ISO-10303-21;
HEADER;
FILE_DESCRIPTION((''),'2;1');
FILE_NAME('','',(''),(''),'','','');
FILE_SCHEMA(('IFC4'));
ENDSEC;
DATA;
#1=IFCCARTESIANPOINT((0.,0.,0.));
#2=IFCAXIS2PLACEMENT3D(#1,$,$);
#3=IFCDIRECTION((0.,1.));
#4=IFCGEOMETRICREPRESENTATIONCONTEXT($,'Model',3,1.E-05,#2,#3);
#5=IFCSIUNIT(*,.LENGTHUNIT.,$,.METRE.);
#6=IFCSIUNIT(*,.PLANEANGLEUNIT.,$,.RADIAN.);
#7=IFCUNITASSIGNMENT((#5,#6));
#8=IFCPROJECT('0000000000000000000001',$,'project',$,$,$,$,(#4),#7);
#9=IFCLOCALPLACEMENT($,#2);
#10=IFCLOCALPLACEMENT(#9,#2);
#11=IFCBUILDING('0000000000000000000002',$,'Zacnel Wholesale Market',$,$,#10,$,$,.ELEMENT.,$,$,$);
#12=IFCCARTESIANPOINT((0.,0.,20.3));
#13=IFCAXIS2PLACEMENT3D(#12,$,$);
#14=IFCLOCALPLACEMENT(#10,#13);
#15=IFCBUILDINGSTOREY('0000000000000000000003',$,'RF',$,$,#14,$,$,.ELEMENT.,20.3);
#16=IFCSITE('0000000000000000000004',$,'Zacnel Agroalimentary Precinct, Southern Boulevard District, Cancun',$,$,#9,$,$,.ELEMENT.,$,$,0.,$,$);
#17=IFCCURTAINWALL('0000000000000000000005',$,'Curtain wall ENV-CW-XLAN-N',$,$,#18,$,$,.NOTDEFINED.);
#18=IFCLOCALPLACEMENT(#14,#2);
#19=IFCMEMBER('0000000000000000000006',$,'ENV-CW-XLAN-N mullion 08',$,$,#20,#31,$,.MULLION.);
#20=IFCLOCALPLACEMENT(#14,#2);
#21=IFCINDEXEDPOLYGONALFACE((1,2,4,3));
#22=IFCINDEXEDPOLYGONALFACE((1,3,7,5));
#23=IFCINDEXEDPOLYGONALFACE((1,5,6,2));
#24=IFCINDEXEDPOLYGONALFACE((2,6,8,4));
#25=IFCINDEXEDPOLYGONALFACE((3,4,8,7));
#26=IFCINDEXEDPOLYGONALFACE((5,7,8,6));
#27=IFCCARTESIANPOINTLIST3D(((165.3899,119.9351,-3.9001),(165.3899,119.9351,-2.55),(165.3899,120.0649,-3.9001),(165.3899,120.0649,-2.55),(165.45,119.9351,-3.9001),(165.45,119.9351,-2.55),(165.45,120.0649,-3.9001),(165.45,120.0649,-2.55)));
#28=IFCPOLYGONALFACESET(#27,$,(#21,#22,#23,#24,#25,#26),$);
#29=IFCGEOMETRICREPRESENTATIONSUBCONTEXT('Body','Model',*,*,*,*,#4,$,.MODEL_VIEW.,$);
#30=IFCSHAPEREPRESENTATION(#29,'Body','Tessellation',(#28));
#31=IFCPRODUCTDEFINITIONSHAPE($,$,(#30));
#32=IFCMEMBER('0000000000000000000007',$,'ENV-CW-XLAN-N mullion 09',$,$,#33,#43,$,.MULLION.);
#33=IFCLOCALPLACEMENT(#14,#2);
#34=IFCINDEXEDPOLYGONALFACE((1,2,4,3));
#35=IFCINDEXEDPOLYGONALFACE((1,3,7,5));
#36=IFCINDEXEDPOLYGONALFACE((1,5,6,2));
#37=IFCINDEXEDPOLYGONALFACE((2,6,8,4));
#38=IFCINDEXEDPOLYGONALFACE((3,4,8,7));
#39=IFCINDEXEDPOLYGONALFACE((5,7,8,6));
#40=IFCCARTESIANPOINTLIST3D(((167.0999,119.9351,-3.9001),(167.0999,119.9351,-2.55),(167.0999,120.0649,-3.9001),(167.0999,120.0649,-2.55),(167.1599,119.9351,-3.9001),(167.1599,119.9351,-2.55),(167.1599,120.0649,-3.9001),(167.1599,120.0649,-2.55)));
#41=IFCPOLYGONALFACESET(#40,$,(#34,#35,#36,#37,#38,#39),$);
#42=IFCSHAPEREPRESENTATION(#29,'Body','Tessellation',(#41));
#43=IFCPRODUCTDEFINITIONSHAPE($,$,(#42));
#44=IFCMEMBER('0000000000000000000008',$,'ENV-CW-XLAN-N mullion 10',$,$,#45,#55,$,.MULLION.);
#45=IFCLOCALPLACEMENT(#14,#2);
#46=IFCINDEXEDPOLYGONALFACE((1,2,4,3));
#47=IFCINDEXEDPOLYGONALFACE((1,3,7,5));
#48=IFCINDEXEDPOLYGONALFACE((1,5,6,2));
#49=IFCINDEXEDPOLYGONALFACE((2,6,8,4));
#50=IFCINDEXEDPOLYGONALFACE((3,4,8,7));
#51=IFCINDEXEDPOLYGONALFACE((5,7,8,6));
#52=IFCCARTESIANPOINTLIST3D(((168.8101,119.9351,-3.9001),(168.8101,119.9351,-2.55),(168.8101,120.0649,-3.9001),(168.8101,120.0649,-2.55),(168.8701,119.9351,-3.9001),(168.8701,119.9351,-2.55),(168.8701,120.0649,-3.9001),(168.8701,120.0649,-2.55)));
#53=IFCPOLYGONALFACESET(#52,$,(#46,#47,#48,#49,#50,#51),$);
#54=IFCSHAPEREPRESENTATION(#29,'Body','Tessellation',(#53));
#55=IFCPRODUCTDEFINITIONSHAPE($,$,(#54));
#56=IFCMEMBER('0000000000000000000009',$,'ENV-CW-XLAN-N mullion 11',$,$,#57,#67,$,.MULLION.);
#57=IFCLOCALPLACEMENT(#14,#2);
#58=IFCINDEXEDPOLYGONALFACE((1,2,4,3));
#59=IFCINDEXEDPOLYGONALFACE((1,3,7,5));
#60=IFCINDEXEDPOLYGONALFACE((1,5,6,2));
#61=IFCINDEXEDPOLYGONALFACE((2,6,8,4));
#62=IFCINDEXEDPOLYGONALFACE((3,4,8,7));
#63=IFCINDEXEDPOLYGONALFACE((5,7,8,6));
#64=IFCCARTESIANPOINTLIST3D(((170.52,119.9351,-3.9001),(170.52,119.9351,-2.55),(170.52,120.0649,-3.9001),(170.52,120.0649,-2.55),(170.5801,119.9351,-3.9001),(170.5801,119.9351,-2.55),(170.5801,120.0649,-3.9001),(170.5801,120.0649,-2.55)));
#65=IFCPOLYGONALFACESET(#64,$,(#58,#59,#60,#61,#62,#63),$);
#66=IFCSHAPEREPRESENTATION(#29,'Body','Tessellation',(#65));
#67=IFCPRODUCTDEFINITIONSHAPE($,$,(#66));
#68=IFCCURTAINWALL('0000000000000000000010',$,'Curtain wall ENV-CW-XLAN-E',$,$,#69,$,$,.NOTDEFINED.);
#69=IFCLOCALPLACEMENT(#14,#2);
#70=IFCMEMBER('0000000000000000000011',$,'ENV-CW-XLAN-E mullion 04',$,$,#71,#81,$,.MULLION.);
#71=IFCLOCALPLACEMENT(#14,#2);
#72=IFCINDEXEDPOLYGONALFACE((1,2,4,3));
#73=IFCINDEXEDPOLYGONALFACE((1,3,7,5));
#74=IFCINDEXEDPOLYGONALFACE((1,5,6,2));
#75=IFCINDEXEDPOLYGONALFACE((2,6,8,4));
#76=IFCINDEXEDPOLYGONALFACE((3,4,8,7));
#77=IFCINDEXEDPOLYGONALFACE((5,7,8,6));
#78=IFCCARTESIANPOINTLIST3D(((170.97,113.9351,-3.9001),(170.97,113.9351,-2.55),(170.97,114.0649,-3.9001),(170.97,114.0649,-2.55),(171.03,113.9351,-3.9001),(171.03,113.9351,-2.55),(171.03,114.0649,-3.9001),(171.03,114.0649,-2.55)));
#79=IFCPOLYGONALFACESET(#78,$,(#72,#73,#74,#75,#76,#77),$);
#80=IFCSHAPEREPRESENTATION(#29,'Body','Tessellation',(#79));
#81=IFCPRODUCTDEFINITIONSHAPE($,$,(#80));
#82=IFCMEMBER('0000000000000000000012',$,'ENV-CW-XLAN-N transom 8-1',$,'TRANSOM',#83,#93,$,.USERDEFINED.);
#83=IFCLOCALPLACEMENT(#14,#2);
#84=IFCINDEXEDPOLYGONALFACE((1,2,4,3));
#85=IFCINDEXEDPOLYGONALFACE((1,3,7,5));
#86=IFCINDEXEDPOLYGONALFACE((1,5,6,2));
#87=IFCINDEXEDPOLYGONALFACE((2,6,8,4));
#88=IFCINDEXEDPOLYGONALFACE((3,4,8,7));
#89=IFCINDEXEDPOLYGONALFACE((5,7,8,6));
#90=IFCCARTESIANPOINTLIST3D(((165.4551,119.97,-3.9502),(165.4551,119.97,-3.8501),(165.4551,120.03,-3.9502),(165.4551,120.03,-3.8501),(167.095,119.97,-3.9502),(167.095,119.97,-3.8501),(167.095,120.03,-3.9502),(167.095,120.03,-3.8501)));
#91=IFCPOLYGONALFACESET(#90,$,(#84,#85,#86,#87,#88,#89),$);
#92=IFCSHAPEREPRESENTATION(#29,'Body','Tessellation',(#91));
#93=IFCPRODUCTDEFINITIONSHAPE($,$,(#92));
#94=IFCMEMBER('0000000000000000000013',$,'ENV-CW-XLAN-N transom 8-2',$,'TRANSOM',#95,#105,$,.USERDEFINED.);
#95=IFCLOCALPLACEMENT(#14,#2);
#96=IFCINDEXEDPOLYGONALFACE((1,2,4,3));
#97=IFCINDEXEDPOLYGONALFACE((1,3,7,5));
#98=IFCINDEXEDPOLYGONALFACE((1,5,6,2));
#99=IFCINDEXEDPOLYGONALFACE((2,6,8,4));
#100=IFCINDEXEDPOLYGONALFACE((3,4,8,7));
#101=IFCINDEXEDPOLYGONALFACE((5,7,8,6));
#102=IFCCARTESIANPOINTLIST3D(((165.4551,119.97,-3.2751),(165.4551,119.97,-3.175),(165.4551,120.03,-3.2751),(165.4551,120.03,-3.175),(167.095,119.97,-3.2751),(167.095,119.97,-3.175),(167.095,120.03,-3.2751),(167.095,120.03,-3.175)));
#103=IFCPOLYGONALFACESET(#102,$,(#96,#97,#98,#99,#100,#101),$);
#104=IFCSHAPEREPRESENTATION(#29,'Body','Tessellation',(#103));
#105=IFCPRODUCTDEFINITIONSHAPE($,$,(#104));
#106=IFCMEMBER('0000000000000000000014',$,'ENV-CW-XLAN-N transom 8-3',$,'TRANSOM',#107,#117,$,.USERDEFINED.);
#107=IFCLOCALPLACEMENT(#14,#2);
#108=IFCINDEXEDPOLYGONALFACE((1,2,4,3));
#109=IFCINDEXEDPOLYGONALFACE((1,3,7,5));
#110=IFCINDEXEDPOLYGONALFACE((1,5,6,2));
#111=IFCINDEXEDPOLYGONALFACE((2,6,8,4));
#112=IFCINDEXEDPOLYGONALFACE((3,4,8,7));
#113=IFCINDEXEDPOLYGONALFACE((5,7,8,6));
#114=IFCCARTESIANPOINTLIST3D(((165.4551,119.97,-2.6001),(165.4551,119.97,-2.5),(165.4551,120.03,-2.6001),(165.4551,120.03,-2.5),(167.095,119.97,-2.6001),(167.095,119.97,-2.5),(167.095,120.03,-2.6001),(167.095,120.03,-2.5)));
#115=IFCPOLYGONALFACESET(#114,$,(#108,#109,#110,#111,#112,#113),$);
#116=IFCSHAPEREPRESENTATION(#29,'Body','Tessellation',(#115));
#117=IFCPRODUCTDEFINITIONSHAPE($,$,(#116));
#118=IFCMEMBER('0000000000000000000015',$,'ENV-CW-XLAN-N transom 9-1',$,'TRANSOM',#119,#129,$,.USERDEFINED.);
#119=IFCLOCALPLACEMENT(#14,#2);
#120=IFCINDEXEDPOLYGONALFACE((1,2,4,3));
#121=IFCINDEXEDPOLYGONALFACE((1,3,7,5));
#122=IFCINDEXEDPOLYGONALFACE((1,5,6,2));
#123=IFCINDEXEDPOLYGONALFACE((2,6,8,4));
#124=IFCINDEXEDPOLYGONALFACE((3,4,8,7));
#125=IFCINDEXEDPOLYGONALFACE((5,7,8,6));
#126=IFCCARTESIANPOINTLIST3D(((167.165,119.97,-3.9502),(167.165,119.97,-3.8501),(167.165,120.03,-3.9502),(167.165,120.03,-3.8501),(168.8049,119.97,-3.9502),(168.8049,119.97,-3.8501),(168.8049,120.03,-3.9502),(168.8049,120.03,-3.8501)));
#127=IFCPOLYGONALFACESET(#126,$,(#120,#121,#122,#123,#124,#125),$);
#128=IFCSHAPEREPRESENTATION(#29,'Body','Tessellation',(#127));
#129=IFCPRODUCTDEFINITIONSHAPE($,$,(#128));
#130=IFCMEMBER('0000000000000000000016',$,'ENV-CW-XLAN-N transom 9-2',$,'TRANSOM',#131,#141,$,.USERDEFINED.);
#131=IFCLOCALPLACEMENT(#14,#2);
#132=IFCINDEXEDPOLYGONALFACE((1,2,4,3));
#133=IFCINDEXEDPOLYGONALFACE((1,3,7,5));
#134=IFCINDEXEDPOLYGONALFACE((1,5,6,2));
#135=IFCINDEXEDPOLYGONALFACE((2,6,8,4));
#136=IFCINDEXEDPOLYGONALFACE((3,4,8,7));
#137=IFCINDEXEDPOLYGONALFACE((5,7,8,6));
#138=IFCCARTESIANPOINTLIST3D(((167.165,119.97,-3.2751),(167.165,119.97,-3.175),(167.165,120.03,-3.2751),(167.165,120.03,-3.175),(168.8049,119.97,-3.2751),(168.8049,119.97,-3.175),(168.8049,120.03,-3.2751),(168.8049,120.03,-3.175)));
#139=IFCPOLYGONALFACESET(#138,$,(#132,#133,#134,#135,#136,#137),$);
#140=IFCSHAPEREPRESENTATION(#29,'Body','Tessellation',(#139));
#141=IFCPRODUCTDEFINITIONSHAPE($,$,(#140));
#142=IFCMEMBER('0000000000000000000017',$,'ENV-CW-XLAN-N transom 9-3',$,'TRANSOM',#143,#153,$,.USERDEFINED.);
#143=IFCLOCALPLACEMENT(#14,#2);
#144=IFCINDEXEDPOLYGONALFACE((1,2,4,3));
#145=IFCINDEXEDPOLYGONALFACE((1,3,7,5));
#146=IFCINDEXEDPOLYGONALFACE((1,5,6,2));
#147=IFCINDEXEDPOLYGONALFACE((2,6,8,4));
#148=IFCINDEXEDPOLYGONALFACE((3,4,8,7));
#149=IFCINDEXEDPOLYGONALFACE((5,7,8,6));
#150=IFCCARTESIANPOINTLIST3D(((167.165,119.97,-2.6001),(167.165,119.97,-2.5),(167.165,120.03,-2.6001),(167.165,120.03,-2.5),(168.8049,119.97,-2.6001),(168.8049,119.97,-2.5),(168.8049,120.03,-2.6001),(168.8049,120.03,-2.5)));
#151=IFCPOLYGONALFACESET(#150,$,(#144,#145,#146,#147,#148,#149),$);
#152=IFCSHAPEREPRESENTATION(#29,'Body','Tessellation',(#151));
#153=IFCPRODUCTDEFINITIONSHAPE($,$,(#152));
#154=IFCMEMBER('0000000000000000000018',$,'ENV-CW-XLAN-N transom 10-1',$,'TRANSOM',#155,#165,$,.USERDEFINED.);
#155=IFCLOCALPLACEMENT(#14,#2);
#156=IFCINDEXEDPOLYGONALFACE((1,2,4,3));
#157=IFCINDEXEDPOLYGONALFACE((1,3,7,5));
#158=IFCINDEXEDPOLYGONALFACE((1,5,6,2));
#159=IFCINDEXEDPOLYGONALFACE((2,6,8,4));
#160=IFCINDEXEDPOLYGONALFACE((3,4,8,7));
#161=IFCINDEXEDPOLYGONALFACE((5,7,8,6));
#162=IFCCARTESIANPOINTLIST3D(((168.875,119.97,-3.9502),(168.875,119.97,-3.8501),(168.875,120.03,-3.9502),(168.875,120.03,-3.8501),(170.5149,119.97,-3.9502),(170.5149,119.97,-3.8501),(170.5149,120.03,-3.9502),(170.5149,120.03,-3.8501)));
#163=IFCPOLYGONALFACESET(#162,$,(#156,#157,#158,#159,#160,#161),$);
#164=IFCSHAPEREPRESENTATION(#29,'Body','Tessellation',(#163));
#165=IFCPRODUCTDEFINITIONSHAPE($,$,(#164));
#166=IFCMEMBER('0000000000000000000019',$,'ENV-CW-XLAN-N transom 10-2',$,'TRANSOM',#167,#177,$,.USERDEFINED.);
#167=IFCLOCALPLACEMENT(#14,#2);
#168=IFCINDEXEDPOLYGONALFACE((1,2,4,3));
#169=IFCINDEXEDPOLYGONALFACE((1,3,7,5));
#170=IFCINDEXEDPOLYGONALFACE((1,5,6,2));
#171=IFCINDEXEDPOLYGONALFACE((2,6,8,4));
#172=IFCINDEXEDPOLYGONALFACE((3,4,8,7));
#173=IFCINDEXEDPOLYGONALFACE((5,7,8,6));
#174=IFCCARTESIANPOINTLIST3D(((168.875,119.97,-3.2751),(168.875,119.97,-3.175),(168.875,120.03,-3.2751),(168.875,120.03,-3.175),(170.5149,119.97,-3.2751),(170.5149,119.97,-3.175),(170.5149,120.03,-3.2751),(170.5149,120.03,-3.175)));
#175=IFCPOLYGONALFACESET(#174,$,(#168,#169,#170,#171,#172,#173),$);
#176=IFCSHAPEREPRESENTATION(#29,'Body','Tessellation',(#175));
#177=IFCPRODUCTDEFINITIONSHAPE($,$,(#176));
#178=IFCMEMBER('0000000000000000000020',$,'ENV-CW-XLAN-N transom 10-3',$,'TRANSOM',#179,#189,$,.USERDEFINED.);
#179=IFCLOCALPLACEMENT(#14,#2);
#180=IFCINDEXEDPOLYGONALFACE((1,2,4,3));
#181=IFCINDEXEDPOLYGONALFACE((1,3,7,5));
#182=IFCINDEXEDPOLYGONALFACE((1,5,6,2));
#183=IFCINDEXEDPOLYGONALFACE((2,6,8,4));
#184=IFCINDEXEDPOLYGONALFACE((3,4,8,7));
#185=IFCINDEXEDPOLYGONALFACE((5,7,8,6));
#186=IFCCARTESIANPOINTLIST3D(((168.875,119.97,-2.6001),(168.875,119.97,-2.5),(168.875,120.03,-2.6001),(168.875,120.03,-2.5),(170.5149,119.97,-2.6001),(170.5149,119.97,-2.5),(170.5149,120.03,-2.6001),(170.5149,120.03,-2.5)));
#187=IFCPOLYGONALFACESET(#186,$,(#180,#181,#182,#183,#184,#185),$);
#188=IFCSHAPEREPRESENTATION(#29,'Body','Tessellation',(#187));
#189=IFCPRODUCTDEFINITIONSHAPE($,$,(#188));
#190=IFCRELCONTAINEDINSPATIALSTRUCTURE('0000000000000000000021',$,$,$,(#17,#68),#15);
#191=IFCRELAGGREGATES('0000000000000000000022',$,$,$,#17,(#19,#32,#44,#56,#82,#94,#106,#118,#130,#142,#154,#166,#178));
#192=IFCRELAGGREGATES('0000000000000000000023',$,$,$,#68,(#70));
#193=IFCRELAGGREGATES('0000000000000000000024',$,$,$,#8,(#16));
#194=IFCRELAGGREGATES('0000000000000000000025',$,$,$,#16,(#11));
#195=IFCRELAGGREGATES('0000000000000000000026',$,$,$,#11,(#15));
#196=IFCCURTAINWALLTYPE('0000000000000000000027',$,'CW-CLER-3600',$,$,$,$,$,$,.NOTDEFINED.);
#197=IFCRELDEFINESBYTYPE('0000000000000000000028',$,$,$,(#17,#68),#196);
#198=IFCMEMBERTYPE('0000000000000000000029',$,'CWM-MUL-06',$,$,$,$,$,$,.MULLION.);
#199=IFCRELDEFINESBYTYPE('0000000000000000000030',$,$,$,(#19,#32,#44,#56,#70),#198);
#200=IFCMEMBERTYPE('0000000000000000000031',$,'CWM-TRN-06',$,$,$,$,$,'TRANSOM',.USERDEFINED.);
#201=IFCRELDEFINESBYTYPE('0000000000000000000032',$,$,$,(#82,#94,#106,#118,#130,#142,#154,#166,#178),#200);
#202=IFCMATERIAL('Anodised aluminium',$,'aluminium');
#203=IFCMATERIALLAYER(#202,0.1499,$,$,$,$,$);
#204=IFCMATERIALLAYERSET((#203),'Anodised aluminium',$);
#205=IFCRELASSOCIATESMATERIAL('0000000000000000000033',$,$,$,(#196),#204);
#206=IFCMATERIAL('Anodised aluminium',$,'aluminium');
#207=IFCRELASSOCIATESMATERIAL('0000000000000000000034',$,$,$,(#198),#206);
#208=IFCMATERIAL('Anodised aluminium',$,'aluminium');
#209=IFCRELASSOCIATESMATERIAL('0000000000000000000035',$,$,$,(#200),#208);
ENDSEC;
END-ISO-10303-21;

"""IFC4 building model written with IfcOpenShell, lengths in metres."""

from ifc_helpers import new_model, si_unit, direction, frame, origin, origin_2d, place, context, subcontext, project, spatial, rectangle, extrude, material, layer, layer_set, material_profile, profile_set, type_object, element, aggregate, save


model = new_model("IFC4")

# Units and contexts
model_context = context("Model", 3, precision=1e-05, world=origin(), true_north=direction((0.0, 1.0)))
body_context = subcontext(model_context, "Body", "Model", "MODEL_VIEW")
ifc_project = project(units=[si_unit("LENGTHUNIT", "METRE"), si_unit("PLANEANGLEUNIT", "RADIAN")], contexts=[model_context])

# Site, building, storey
site_placement = place(None, origin())
site = spatial("IfcSite", under=ifc_project, at=site_placement, Name="Zacnel Agroalimentary Precinct, Southern Boulevard District, Cancun", CompositionType="ELEMENT", RefElevation=0.0)
building_placement = place(site_placement, origin())
building = spatial("IfcBuilding", under=site, at=building_placement, Name="Zacnel Wholesale Market", CompositionType="ELEMENT")
storey_placement = place(building_placement, frame((0.0, 0.0, 20.3)))
storey = spatial("IfcBuildingStorey", under=building, at=storey_placement, Name="RF", CompositionType="ELEMENT", Elevation=20.3)

# Curtain wall, members
ifc_material_1 = material(Name="Anodised aluminium", Category="aluminium")
ifc_layer_1 = layer(ifc_material_1, 0.1499)
ifc_layer_set_1 = layer_set([ifc_layer_1], Name="Anodised aluminium")
curtain_wall_type = type_object("IfcCurtainWallType", Name="CW-CLER-3600", PredefinedType="NOTDEFINED", material=ifc_layer_set_1)
curtain_wall_1_placement = place(storey_placement, origin())
curtain_wall_1 = element("IfcCurtainWall", 1, at=curtain_wall_1_placement, inside=storey, type_object=curtain_wall_type, Name="Curtain wall ENV-CW-XLAN-N", PredefinedType="NOTDEFINED")
ifc_material_2 = material(Name="Anodised aluminium", Category="aluminium")
ifc_material_profile_1 = material_profile(ifc_material_2, rectangle(XDim=0.0601, YDim=0.1299, at=origin_2d()), Name="AW-MULLION 60x130")
ifc_profile_set_1 = profile_set([ifc_material_profile_1], Name="Anodised aluminium")
member_type_1 = type_object("IfcMemberType", Name="CWM-MUL-06", PredefinedType="MULLION", material=ifc_profile_set_1)
member_1_placement = place(storey_placement, frame((165.4199, 120.0, -3.9001), z_axis=(0.0, 0.0, 1.0), x_axis=(1.0, 0.0, 0.0)))
member_1 = element("IfcMember", 2, at=member_1_placement, type_object=member_type_1, Name="ENV-CW-XLAN-N mullion 08", PredefinedType="MULLION", context=body_context, shape_type="SweptSolid", body=[
    extrude(rectangle(XDim=0.0601, YDim=0.1299, at=origin_2d()), origin(), (0.0, 0.0, 1.0), 1.3501),
])
member_2_placement = place(storey_placement, frame((167.1299, 120.0, -3.9001), z_axis=(0.0, 0.0, 1.0), x_axis=(1.0, 0.0, 0.0)))
member_2 = element("IfcMember", 3, at=member_2_placement, type_object=member_type_1, Name="ENV-CW-XLAN-N mullion 09", PredefinedType="MULLION", context=body_context, shape_type="SweptSolid", body=[
    extrude(rectangle(XDim=0.0601, YDim=0.1299, at=origin_2d()), origin(), (0.0, 0.0, 1.0), 1.3501),
])
member_3_placement = place(storey_placement, frame((168.8401, 120.0, -3.9001), z_axis=(0.0, 0.0, 1.0), x_axis=(1.0, 0.0, 0.0)))
member_3 = element("IfcMember", 4, at=member_3_placement, type_object=member_type_1, Name="ENV-CW-XLAN-N mullion 10", PredefinedType="MULLION", context=body_context, shape_type="SweptSolid", body=[
    extrude(rectangle(XDim=0.0601, YDim=0.1299, at=origin_2d()), origin(), (0.0, 0.0, 1.0), 1.3501),
])
member_4_placement = place(storey_placement, frame((170.55, 120.0, -3.9001), z_axis=(0.0, 0.0, 1.0), x_axis=(1.0, 0.0, 0.0)))
member_4 = element("IfcMember", 5, at=member_4_placement, type_object=member_type_1, Name="ENV-CW-XLAN-N mullion 11", PredefinedType="MULLION", context=body_context, shape_type="SweptSolid", body=[
    extrude(rectangle(XDim=0.0601, YDim=0.1299, at=origin_2d()), origin(), (0.0, 0.0, 1.0), 1.3501),
])

# Curtain wall, member
curtain_wall_2_placement = place(storey_placement, origin())
curtain_wall_2 = element("IfcCurtainWall", 6, at=curtain_wall_2_placement, inside=storey, type_object=curtain_wall_type, Name="Curtain wall ENV-CW-XLAN-E", PredefinedType="NOTDEFINED")
member_5_placement = place(storey_placement, frame((171.0, 114.0, -3.9001), z_axis=(0.0, 0.0, 1.0), x_axis=(1.0, 0.0, 0.0)))
member_5 = element("IfcMember", 7, at=member_5_placement, type_object=member_type_1, Name="ENV-CW-XLAN-E mullion 04", PredefinedType="MULLION", context=body_context, shape_type="SweptSolid", body=[
    extrude(rectangle(XDim=0.0601, YDim=0.1299, at=origin_2d()), origin(), (0.0, 0.0, 1.0), 1.3501),
])

# Members
ifc_material_3 = material(Name="Anodised aluminium", Category="aluminium")
ifc_material_profile_2 = material_profile(ifc_material_3, rectangle(XDim=0.0601, YDim=0.1001, at=origin_2d()), Name="AW-TRANSOM 60x100")
ifc_profile_set_2 = profile_set([ifc_material_profile_2], Name="Anodised aluminium")
member_type_2 = type_object("IfcMemberType", Name="CWM-TRN-06", ElementType="TRANSOM", PredefinedType="USERDEFINED", material=ifc_profile_set_2)
member_6_placement = place(storey_placement, frame((165.4551, 120.0, -3.9001), z_axis=(1.0, 0.0, 0.0), x_axis=(0.0, 1.0, 0.0)))
member_6 = element("IfcMember", 8, at=member_6_placement, type_object=member_type_2, Name="ENV-CW-XLAN-N transom 8-1", ObjectType="TRANSOM", PredefinedType="USERDEFINED", context=body_context, shape_type="SweptSolid", body=[
    extrude(rectangle(XDim=0.0601, YDim=0.1001, at=origin_2d()), origin(), (0.0, 0.0, 1.0), 1.6399),
])
member_7_placement = place(storey_placement, frame((165.4551, 120.0, -3.2251), z_axis=(1.0, 0.0, 0.0), x_axis=(0.0, 1.0, 0.0)))
member_7 = element("IfcMember", 9, at=member_7_placement, type_object=member_type_2, Name="ENV-CW-XLAN-N transom 8-2", ObjectType="TRANSOM", PredefinedType="USERDEFINED", context=body_context, shape_type="SweptSolid", body=[
    extrude(rectangle(XDim=0.0601, YDim=0.1001, at=origin_2d()), origin(), (0.0, 0.0, 1.0), 1.6399),
])
member_8_placement = place(storey_placement, frame((165.4551, 120.0, -2.55), z_axis=(1.0, 0.0, 0.0), x_axis=(0.0, 1.0, 0.0)))
member_8 = element("IfcMember", 10, at=member_8_placement, type_object=member_type_2, Name="ENV-CW-XLAN-N transom 8-3", ObjectType="TRANSOM", PredefinedType="USERDEFINED", context=body_context, shape_type="SweptSolid", body=[
    extrude(rectangle(XDim=0.0601, YDim=0.1001, at=origin_2d()), origin(), (0.0, 0.0, 1.0), 1.6399),
])
member_9_placement = place(storey_placement, frame((167.165, 120.0, -3.9001), z_axis=(1.0, 0.0, 0.0), x_axis=(0.0, 1.0, 0.0)))
member_9 = element("IfcMember", 11, at=member_9_placement, type_object=member_type_2, Name="ENV-CW-XLAN-N transom 9-1", ObjectType="TRANSOM", PredefinedType="USERDEFINED", context=body_context, shape_type="SweptSolid", body=[
    extrude(rectangle(XDim=0.0601, YDim=0.1001, at=origin_2d()), origin(), (0.0, 0.0, 1.0), 1.6399),
])
member_10_placement = place(storey_placement, frame((167.165, 120.0, -3.2251), z_axis=(1.0, 0.0, 0.0), x_axis=(0.0, 1.0, 0.0)))
member_10 = element("IfcMember", 12, at=member_10_placement, type_object=member_type_2, Name="ENV-CW-XLAN-N transom 9-2", ObjectType="TRANSOM", PredefinedType="USERDEFINED", context=body_context, shape_type="SweptSolid", body=[
    extrude(rectangle(XDim=0.0601, YDim=0.1001, at=origin_2d()), origin(), (0.0, 0.0, 1.0), 1.6399),
])
member_11_placement = place(storey_placement, frame((167.165, 120.0, -2.55), z_axis=(1.0, 0.0, 0.0), x_axis=(0.0, 1.0, 0.0)))
member_11 = element("IfcMember", 13, at=member_11_placement, type_object=member_type_2, Name="ENV-CW-XLAN-N transom 9-3", ObjectType="TRANSOM", PredefinedType="USERDEFINED", context=body_context, shape_type="SweptSolid", body=[
    extrude(rectangle(XDim=0.0601, YDim=0.1001, at=origin_2d()), origin(), (0.0, 0.0, 1.0), 1.6399),
])
member_12_placement = place(storey_placement, frame((168.875, 120.0, -3.9001), z_axis=(1.0, 0.0, 0.0), x_axis=(0.0, 1.0, 0.0)))
member_12 = element("IfcMember", 14, at=member_12_placement, type_object=member_type_2, Name="ENV-CW-XLAN-N transom 10-1", ObjectType="TRANSOM", PredefinedType="USERDEFINED", context=body_context, shape_type="SweptSolid", body=[
    extrude(rectangle(XDim=0.0601, YDim=0.1001, at=origin_2d()), origin(), (0.0, 0.0, 1.0), 1.6399),
])
member_13_placement = place(storey_placement, frame((168.875, 120.0, -3.2251), z_axis=(1.0, 0.0, 0.0), x_axis=(0.0, 1.0, 0.0)))
member_13 = element("IfcMember", 15, at=member_13_placement, type_object=member_type_2, Name="ENV-CW-XLAN-N transom 10-2", ObjectType="TRANSOM", PredefinedType="USERDEFINED", context=body_context, shape_type="SweptSolid", body=[
    extrude(rectangle(XDim=0.0601, YDim=0.1001, at=origin_2d()), origin(), (0.0, 0.0, 1.0), 1.6399),
])
member_14_placement = place(storey_placement, frame((168.875, 120.0, -2.55), z_axis=(1.0, 0.0, 0.0), x_axis=(0.0, 1.0, 0.0)))
member_14 = element("IfcMember", 16, at=member_14_placement, type_object=member_type_2, Name="ENV-CW-XLAN-N transom 10-3", ObjectType="TRANSOM", PredefinedType="USERDEFINED", context=body_context, shape_type="SweptSolid", body=[
    extrude(rectangle(XDim=0.0601, YDim=0.1001, at=origin_2d()), origin(), (0.0, 0.0, 1.0), 1.6399),
])

aggregate(curtain_wall_1, [member_1, member_2, member_3, member_4, member_6, member_7, member_8, member_9, member_10, member_11, member_12, member_13, member_14])
aggregate(curtain_wall_2, [member_5])

save(model, "model.ifc")
